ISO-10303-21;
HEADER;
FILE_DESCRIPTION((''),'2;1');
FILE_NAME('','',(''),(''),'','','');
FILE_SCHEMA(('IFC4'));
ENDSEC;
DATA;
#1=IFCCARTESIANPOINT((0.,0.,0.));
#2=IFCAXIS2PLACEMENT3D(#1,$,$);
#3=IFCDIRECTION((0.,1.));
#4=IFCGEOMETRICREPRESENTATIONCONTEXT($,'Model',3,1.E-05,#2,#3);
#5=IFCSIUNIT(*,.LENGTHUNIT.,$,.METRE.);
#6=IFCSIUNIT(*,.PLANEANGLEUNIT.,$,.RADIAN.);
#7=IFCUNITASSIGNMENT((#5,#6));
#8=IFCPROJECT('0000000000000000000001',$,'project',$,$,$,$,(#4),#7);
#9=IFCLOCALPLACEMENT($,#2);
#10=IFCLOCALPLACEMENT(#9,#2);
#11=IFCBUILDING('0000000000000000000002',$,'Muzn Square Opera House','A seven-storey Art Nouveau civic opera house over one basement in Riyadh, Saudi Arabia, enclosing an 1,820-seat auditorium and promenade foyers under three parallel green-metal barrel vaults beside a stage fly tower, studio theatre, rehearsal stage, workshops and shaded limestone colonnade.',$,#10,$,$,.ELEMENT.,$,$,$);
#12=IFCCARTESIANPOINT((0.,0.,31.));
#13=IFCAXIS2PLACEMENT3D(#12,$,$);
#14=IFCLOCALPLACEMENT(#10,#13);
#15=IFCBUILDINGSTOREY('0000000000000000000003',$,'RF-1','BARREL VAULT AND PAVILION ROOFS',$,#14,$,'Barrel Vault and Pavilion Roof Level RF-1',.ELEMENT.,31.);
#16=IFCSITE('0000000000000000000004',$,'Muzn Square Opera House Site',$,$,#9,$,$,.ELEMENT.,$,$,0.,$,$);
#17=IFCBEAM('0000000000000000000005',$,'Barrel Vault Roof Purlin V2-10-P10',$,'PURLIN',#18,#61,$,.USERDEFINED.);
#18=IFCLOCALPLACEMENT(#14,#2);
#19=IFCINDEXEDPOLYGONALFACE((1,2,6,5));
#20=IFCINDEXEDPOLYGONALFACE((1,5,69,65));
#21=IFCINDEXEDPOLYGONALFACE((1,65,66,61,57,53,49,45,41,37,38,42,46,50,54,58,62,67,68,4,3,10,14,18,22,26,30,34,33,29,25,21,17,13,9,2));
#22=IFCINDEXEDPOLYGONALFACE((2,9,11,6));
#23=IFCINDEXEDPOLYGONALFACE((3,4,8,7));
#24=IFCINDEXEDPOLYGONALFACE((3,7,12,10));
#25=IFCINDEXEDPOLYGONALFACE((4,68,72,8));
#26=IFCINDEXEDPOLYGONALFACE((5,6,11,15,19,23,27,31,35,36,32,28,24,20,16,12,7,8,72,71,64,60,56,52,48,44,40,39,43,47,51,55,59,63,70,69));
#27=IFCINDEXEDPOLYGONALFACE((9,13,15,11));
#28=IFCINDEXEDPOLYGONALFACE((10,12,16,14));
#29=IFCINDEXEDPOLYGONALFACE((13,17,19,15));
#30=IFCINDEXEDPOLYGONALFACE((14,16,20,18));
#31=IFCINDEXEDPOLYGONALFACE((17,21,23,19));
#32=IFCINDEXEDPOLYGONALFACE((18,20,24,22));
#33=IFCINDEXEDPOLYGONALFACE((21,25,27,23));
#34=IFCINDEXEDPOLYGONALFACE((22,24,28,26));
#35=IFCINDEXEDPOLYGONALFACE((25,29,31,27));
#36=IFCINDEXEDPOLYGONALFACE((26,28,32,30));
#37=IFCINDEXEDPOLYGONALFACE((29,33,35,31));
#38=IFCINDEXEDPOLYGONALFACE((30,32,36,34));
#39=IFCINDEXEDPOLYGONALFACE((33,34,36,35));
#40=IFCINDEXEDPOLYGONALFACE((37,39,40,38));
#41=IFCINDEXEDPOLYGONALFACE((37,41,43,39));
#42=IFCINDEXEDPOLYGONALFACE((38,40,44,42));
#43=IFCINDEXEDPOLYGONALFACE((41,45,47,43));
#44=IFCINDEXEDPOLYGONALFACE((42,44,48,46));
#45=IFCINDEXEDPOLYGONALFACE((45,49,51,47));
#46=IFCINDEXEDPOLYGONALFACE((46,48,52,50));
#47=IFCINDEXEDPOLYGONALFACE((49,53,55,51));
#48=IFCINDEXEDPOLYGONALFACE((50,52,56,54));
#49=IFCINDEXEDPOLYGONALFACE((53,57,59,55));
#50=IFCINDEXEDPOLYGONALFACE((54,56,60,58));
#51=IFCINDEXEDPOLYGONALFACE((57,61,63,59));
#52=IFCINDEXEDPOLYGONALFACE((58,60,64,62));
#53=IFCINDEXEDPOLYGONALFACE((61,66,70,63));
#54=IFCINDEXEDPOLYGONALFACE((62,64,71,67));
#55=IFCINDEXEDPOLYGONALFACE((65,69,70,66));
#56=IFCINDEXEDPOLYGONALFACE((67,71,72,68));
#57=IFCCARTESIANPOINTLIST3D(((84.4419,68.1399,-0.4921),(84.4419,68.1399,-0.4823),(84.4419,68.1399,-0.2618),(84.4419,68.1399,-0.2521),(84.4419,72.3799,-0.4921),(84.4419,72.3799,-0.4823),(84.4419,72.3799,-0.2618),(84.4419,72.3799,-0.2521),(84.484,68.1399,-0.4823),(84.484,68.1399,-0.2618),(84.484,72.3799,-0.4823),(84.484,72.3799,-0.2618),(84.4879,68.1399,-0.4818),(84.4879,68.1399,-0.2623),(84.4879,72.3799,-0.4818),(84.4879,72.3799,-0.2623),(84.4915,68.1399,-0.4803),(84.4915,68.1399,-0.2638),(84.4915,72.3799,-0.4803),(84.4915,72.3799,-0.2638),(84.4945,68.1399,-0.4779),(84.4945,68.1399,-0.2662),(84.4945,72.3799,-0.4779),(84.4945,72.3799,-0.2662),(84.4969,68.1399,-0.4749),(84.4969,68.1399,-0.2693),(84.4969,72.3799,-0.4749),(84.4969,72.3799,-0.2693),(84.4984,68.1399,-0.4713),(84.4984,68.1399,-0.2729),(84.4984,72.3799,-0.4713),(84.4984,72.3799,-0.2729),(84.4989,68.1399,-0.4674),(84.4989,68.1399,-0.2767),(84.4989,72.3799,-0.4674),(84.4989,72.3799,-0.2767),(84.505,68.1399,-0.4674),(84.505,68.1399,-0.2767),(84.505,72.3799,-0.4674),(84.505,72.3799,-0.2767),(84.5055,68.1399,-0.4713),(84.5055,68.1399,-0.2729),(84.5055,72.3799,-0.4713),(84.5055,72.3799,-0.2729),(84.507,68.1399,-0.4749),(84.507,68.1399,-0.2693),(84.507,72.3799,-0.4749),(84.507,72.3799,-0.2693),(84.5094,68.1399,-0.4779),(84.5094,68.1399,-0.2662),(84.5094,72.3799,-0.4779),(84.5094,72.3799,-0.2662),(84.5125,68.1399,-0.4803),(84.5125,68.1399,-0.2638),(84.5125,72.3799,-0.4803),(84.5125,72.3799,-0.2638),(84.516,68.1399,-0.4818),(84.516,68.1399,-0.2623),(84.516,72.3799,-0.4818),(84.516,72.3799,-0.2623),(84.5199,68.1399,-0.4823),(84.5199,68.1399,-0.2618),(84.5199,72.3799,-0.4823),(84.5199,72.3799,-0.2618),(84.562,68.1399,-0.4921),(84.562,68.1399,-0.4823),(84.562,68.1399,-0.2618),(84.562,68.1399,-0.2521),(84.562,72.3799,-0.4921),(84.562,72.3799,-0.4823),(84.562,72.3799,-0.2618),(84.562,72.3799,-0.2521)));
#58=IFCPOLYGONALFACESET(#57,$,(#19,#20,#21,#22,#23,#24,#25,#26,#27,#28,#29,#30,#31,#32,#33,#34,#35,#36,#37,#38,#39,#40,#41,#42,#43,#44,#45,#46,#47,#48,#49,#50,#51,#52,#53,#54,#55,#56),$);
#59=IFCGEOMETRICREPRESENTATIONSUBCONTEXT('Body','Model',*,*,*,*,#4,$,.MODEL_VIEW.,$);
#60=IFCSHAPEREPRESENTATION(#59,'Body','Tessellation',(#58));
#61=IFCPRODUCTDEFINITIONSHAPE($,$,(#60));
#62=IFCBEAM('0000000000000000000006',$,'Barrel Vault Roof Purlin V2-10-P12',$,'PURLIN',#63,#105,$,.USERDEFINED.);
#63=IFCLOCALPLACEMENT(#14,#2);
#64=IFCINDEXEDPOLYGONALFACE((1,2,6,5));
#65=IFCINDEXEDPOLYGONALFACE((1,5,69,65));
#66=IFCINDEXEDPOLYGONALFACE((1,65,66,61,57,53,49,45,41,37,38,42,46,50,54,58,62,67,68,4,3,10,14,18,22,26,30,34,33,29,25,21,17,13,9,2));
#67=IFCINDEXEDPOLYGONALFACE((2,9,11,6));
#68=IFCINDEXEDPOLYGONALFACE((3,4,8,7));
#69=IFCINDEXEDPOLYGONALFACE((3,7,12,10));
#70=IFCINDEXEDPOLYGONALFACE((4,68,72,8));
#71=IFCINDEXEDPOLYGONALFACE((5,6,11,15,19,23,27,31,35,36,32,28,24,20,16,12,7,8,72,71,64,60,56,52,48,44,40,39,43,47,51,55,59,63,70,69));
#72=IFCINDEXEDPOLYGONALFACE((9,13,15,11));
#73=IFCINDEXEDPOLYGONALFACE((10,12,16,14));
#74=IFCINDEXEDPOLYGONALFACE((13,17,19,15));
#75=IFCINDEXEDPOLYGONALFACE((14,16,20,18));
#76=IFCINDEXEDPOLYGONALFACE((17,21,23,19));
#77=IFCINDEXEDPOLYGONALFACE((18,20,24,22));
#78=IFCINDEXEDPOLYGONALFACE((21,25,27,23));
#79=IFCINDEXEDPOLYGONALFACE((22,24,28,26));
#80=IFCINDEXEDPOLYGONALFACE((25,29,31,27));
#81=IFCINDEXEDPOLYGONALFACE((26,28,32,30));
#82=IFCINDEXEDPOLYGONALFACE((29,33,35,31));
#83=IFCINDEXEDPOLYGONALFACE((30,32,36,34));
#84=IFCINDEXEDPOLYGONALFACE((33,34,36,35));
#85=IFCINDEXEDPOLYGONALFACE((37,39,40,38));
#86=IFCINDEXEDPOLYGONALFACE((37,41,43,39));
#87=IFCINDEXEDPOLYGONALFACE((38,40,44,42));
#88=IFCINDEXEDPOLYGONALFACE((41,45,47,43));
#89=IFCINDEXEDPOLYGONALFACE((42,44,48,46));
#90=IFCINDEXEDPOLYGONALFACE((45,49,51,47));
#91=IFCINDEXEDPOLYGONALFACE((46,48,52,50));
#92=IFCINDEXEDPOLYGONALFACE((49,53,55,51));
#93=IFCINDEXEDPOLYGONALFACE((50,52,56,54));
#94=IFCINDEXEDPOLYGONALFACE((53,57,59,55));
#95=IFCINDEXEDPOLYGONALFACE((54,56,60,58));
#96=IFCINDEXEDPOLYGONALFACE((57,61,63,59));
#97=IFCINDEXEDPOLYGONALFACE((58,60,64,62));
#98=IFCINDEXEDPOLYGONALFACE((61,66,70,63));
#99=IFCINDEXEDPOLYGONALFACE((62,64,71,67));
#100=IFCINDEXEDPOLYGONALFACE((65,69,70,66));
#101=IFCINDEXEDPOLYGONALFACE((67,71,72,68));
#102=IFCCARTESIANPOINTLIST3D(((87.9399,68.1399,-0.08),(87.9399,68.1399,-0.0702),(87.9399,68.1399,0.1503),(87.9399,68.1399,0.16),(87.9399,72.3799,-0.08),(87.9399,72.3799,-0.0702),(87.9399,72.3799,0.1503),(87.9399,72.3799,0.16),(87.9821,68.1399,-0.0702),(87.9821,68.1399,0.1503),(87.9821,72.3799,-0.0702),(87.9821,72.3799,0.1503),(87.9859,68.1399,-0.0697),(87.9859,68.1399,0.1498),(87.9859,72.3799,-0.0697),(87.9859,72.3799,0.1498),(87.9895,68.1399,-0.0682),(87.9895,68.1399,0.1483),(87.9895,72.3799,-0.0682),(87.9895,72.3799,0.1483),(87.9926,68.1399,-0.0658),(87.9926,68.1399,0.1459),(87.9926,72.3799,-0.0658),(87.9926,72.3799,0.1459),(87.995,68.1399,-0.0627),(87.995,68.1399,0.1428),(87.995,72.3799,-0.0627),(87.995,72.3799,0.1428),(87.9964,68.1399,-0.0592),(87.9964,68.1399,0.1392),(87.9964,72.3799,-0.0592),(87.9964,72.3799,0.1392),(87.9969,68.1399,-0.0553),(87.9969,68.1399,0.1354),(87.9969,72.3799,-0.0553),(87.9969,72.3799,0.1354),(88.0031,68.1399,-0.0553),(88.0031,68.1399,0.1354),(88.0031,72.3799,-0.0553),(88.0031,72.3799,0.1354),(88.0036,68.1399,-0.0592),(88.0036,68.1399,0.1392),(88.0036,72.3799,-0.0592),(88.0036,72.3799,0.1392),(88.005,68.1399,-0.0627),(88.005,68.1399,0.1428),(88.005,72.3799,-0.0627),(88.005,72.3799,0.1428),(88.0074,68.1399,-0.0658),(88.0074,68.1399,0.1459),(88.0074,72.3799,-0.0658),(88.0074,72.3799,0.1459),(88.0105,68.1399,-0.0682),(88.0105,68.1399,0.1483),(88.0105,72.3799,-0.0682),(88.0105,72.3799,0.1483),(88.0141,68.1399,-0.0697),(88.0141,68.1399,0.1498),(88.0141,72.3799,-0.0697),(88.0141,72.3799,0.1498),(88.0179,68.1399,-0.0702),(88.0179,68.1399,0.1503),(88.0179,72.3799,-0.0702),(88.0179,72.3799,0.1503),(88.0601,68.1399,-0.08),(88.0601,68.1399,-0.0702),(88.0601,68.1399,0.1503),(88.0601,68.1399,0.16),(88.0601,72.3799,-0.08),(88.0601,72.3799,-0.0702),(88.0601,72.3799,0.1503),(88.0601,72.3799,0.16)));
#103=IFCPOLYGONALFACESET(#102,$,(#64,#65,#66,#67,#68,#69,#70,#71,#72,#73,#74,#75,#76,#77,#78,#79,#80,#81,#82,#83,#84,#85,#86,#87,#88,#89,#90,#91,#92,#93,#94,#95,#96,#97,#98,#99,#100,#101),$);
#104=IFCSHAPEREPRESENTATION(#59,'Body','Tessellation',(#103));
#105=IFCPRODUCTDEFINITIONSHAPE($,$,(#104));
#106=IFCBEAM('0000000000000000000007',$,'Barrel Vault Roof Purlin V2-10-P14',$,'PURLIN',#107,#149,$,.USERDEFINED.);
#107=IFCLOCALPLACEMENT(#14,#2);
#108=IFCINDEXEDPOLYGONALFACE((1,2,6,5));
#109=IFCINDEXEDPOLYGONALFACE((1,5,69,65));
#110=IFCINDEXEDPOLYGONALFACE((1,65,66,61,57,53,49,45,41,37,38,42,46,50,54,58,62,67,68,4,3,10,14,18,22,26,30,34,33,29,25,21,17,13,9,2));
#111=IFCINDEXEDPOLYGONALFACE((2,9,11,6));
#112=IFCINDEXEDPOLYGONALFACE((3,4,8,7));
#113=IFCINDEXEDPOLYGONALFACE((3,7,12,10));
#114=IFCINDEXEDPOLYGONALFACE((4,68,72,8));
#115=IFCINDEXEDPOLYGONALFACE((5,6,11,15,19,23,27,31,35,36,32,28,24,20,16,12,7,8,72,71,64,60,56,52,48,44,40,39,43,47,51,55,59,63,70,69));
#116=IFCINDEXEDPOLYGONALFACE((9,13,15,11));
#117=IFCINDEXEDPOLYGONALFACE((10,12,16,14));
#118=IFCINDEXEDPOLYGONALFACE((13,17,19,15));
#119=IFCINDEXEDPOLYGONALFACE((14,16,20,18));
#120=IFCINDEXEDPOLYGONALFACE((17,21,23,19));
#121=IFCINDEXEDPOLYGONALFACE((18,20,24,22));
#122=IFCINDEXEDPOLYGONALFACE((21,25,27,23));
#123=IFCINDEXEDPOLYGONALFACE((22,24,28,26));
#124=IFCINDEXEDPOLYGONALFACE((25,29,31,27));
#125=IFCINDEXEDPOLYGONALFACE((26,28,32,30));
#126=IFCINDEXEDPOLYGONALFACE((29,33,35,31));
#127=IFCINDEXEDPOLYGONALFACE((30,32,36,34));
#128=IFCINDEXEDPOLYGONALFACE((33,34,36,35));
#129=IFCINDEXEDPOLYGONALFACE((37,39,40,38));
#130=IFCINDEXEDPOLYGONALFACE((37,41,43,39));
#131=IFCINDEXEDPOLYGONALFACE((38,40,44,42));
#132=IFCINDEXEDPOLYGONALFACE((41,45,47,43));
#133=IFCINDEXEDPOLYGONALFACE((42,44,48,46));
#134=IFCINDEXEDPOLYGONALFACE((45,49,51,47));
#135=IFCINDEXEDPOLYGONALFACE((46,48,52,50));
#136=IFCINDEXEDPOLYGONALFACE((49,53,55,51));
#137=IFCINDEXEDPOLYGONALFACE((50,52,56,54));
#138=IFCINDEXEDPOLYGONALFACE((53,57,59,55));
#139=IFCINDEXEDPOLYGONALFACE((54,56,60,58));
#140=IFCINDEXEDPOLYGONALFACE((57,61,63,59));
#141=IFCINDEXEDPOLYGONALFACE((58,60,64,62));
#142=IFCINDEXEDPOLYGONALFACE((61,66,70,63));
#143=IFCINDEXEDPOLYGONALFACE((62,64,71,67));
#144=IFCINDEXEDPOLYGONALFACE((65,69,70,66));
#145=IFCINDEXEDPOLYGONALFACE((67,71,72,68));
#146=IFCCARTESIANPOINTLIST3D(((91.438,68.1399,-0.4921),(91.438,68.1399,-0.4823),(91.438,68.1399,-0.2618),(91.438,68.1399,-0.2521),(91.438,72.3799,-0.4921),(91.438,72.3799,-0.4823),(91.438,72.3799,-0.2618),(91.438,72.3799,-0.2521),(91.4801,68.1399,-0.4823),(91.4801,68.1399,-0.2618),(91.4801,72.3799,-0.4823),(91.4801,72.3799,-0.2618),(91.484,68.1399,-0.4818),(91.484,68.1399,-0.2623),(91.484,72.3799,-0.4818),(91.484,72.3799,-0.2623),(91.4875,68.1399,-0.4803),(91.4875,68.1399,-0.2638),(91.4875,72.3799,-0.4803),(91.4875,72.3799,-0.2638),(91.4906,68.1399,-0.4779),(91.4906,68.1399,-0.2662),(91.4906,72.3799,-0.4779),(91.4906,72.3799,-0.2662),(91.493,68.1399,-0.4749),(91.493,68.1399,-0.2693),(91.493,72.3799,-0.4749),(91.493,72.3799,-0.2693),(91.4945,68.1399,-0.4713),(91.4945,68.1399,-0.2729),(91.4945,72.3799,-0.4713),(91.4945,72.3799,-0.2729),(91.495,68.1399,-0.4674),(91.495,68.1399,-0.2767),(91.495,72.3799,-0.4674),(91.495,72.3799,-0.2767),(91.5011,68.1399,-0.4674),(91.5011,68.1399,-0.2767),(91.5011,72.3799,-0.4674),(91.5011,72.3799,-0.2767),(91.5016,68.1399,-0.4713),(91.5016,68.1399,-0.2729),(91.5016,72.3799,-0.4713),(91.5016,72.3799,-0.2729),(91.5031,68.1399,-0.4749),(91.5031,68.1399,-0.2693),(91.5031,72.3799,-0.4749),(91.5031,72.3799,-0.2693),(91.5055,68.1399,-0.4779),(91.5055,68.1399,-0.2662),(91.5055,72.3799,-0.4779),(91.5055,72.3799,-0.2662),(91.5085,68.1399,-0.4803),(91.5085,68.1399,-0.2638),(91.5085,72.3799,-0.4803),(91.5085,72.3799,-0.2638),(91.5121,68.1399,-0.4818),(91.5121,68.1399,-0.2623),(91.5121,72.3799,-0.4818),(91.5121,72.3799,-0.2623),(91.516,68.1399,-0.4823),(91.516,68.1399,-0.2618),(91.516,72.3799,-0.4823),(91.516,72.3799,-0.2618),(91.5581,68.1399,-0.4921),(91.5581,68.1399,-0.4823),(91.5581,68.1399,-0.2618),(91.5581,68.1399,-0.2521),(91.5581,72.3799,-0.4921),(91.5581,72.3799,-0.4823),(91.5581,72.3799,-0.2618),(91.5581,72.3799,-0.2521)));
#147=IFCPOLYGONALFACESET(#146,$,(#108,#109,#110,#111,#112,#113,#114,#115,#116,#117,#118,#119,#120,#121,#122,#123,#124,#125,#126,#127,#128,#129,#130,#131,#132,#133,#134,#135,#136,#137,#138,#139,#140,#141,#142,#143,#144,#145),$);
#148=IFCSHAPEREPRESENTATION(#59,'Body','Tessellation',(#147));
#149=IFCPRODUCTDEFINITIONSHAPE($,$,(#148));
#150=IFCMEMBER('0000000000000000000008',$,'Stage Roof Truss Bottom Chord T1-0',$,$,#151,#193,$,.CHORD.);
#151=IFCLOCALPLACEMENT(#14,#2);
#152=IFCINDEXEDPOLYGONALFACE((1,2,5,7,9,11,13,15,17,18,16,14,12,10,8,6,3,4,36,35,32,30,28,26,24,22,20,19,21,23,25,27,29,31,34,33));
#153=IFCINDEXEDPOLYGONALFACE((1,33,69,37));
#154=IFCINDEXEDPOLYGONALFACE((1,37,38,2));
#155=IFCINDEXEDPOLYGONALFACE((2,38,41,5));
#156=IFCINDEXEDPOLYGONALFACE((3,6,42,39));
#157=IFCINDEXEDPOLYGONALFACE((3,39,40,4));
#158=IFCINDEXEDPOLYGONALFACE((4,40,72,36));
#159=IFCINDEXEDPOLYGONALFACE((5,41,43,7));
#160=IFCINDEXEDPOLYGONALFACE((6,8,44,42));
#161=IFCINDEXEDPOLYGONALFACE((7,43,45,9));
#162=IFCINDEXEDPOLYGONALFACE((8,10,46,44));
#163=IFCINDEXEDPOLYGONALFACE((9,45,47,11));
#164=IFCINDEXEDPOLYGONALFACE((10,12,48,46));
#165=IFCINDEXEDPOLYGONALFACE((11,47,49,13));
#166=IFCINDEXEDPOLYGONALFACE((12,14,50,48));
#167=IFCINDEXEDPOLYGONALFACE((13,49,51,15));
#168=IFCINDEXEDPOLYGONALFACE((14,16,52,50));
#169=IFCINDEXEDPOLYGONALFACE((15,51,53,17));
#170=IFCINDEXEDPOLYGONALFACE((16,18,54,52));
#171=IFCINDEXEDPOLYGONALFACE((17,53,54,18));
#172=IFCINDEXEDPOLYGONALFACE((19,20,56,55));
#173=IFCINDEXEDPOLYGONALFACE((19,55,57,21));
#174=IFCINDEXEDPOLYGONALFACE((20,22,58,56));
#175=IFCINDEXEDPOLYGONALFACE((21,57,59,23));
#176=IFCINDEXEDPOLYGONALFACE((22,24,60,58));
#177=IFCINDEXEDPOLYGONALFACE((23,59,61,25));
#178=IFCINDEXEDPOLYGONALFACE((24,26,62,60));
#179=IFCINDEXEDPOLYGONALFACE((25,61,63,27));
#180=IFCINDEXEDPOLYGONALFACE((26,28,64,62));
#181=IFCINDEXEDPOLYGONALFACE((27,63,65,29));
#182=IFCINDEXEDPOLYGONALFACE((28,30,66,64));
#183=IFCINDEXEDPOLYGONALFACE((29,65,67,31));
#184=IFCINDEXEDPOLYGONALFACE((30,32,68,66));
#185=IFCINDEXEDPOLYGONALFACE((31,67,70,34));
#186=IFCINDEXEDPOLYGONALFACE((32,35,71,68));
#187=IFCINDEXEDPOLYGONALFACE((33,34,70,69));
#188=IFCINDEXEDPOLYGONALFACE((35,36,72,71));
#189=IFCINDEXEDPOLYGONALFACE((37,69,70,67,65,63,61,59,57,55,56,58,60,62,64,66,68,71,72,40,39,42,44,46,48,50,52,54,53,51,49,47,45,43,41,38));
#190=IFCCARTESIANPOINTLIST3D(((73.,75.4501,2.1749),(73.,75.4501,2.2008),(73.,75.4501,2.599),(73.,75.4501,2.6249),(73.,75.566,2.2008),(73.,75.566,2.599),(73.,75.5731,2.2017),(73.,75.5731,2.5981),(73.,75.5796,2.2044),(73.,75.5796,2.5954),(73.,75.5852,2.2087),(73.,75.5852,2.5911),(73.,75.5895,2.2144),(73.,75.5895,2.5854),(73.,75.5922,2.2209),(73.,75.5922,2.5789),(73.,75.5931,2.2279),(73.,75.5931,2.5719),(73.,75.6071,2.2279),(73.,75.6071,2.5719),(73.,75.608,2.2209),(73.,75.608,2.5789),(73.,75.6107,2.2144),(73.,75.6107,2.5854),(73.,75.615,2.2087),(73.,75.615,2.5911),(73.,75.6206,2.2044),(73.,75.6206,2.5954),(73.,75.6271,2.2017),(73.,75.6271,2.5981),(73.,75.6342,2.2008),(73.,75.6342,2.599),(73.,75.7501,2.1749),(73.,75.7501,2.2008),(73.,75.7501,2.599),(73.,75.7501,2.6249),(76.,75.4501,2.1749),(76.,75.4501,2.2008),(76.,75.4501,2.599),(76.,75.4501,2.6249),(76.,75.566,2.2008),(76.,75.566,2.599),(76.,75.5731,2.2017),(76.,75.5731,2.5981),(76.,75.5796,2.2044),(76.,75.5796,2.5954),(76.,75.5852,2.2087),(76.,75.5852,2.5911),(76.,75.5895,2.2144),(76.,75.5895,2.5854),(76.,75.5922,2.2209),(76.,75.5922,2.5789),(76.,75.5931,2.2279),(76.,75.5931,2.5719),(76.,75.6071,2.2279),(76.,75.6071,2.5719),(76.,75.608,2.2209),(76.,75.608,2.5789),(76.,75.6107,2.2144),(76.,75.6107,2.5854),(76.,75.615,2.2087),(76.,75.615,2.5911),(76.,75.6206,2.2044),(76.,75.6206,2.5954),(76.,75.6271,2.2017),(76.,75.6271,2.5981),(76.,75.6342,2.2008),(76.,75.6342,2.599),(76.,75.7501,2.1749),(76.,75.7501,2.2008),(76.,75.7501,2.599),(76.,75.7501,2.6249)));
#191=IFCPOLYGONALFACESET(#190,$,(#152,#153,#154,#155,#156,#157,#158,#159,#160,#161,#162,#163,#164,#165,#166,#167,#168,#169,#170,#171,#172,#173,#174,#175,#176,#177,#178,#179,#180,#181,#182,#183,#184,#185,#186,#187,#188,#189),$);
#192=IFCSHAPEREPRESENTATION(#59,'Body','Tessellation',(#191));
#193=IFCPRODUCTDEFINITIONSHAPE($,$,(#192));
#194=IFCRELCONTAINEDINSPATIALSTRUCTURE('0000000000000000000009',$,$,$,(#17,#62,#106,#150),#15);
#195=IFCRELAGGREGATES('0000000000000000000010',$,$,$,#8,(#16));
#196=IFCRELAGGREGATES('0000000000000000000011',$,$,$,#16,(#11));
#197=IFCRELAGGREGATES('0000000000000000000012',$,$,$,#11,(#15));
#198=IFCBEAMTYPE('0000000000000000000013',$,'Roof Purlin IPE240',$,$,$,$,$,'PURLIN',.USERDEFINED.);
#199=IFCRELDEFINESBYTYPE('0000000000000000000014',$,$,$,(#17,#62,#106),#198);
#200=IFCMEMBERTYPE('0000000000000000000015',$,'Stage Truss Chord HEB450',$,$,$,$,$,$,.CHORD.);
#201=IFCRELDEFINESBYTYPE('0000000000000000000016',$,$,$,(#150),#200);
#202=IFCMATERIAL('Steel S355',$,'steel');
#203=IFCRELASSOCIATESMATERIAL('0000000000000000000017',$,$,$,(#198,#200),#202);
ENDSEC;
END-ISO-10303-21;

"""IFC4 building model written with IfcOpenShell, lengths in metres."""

from ifc_helpers import new_model, si_unit, direction, frame, origin, origin_2d, place, context, subcontext, project, spatial, i_section, extrude, material, material_profile, profile_set, type_object, element, save


model = new_model("IFC4")

# Units and contexts
model_context = context("Model", 3, precision=1e-05, world=origin(), true_north=direction((0.0, 1.0)))
body_context = subcontext(model_context, "Body", "Model", "MODEL_VIEW")
ifc_project = project(units=[si_unit("LENGTHUNIT", "METRE"), si_unit("PLANEANGLEUNIT", "RADIAN")], contexts=[model_context])

# Site, building, storey
site_placement = place(None, origin())
site = spatial("IfcSite", under=ifc_project, at=site_placement, Name="Muzn Square Opera House Site", CompositionType="ELEMENT", RefElevation=0.0)
building_placement = place(site_placement, origin())
building = spatial("IfcBuilding", under=site, at=building_placement, Name="Muzn Square Opera House", Description="A seven-storey Art Nouveau civic opera house over one basement in Riyadh, Saudi Arabia, enclosing an 1,820-seat auditorium and promenade foyers under three parallel green-metal barrel vaults beside a stage fly tower, studio theatre, rehearsal stage, workshops and shaded limestone colonnade.", CompositionType="ELEMENT")
storey_placement = place(building_placement, frame((0.0, 0.0, 31.0)))
storey = spatial("IfcBuildingStorey", under=building, at=storey_placement, Name="RF-1", Description="BARREL VAULT AND PAVILION ROOFS", LongName="Barrel Vault and Pavilion Roof Level RF-1", CompositionType="ELEMENT", Elevation=31.0)

# Beams
ifc_material_1 = material(Name="Steel S355", Category="steel")
ifc_material_profile_1 = material_profile(ifc_material_1, i_section(OverallWidth=0.1201, OverallDepth=0.24, WebThickness=0.0061, FlangeThickness=0.0098, FilletRadius=0.0149, at=origin_2d()), Name="IPE 240", Category="steel")
ifc_profile_set_1 = profile_set([ifc_material_profile_1], Name="Steel S355")
beam_type_1 = type_object("IfcBeamType", Name="Roof Purlin IPE240", ElementType="PURLIN", PredefinedType="USERDEFINED", material=ifc_profile_set_1)
for number, where, z_axis, x_axis, name in (
    (1, (84.502, 68.1399, -0.3721), (0.0, 1.0, 0.0), (-1.0, 0.0, 0.0), "Barrel Vault Roof Purlin V2-10-P10"),
    (2, (88.0, 68.1399, 0.04), (0.0, 1.0, 0.0), (-1.0, 0.0, 0.0), "Barrel Vault Roof Purlin V2-10-P12"),
    (3, (91.498, 68.1399, -0.3721), (0.0, 1.0, 0.0), (-1.0, 0.0, 0.0), "Barrel Vault Roof Purlin V2-10-P14"),
):
    element("IfcBeam", number, at=place(storey_placement, frame(where, z_axis=z_axis, x_axis=x_axis)), inside=storey, type_object=beam_type_1, Name=name, ObjectType="PURLIN", PredefinedType="USERDEFINED", context=body_context, shape_type="SweptSolid", body=[
        extrude(i_section(OverallWidth=0.1201, OverallDepth=0.24, WebThickness=0.0061, FlangeThickness=0.0098, FilletRadius=0.0149, at=origin_2d()), origin(), (0.0, 0.0, 1.0), 4.24),
    ])

# Member
ifc_material_profile_2 = material_profile(ifc_material_1, i_section(OverallWidth=0.3, OverallDepth=0.45, WebThickness=0.0139, FlangeThickness=0.0259, FilletRadius=0.0271, at=origin_2d()), Name="HEB 450", Category="steel")
ifc_profile_set_2 = profile_set([ifc_material_profile_2], Name="Steel S355")
member_type = type_object("IfcMemberType", Name="Stage Truss Chord HEB450", PredefinedType="CHORD", material=ifc_profile_set_2)
for number, where, z_axis, x_axis, name in (
    (4, (73.0, 75.6001, 2.3999), (1.0, 0.0, 0.0), (0.0, 1.0, 0.0), "Stage Roof Truss Bottom Chord T1-0"),
):
    element("IfcMember", number, at=place(storey_placement, frame(where, z_axis=z_axis, x_axis=x_axis)), inside=storey, type_object=member_type, Name=name, PredefinedType="CHORD", context=body_context, shape_type="SweptSolid", body=[
        extrude(i_section(OverallWidth=0.3, OverallDepth=0.45, WebThickness=0.0139, FlangeThickness=0.0259, FilletRadius=0.0271, at=origin_2d()), origin(), (0.0, 0.0, 1.0), 3.0),
    ])

save(model, "model.ifc")
